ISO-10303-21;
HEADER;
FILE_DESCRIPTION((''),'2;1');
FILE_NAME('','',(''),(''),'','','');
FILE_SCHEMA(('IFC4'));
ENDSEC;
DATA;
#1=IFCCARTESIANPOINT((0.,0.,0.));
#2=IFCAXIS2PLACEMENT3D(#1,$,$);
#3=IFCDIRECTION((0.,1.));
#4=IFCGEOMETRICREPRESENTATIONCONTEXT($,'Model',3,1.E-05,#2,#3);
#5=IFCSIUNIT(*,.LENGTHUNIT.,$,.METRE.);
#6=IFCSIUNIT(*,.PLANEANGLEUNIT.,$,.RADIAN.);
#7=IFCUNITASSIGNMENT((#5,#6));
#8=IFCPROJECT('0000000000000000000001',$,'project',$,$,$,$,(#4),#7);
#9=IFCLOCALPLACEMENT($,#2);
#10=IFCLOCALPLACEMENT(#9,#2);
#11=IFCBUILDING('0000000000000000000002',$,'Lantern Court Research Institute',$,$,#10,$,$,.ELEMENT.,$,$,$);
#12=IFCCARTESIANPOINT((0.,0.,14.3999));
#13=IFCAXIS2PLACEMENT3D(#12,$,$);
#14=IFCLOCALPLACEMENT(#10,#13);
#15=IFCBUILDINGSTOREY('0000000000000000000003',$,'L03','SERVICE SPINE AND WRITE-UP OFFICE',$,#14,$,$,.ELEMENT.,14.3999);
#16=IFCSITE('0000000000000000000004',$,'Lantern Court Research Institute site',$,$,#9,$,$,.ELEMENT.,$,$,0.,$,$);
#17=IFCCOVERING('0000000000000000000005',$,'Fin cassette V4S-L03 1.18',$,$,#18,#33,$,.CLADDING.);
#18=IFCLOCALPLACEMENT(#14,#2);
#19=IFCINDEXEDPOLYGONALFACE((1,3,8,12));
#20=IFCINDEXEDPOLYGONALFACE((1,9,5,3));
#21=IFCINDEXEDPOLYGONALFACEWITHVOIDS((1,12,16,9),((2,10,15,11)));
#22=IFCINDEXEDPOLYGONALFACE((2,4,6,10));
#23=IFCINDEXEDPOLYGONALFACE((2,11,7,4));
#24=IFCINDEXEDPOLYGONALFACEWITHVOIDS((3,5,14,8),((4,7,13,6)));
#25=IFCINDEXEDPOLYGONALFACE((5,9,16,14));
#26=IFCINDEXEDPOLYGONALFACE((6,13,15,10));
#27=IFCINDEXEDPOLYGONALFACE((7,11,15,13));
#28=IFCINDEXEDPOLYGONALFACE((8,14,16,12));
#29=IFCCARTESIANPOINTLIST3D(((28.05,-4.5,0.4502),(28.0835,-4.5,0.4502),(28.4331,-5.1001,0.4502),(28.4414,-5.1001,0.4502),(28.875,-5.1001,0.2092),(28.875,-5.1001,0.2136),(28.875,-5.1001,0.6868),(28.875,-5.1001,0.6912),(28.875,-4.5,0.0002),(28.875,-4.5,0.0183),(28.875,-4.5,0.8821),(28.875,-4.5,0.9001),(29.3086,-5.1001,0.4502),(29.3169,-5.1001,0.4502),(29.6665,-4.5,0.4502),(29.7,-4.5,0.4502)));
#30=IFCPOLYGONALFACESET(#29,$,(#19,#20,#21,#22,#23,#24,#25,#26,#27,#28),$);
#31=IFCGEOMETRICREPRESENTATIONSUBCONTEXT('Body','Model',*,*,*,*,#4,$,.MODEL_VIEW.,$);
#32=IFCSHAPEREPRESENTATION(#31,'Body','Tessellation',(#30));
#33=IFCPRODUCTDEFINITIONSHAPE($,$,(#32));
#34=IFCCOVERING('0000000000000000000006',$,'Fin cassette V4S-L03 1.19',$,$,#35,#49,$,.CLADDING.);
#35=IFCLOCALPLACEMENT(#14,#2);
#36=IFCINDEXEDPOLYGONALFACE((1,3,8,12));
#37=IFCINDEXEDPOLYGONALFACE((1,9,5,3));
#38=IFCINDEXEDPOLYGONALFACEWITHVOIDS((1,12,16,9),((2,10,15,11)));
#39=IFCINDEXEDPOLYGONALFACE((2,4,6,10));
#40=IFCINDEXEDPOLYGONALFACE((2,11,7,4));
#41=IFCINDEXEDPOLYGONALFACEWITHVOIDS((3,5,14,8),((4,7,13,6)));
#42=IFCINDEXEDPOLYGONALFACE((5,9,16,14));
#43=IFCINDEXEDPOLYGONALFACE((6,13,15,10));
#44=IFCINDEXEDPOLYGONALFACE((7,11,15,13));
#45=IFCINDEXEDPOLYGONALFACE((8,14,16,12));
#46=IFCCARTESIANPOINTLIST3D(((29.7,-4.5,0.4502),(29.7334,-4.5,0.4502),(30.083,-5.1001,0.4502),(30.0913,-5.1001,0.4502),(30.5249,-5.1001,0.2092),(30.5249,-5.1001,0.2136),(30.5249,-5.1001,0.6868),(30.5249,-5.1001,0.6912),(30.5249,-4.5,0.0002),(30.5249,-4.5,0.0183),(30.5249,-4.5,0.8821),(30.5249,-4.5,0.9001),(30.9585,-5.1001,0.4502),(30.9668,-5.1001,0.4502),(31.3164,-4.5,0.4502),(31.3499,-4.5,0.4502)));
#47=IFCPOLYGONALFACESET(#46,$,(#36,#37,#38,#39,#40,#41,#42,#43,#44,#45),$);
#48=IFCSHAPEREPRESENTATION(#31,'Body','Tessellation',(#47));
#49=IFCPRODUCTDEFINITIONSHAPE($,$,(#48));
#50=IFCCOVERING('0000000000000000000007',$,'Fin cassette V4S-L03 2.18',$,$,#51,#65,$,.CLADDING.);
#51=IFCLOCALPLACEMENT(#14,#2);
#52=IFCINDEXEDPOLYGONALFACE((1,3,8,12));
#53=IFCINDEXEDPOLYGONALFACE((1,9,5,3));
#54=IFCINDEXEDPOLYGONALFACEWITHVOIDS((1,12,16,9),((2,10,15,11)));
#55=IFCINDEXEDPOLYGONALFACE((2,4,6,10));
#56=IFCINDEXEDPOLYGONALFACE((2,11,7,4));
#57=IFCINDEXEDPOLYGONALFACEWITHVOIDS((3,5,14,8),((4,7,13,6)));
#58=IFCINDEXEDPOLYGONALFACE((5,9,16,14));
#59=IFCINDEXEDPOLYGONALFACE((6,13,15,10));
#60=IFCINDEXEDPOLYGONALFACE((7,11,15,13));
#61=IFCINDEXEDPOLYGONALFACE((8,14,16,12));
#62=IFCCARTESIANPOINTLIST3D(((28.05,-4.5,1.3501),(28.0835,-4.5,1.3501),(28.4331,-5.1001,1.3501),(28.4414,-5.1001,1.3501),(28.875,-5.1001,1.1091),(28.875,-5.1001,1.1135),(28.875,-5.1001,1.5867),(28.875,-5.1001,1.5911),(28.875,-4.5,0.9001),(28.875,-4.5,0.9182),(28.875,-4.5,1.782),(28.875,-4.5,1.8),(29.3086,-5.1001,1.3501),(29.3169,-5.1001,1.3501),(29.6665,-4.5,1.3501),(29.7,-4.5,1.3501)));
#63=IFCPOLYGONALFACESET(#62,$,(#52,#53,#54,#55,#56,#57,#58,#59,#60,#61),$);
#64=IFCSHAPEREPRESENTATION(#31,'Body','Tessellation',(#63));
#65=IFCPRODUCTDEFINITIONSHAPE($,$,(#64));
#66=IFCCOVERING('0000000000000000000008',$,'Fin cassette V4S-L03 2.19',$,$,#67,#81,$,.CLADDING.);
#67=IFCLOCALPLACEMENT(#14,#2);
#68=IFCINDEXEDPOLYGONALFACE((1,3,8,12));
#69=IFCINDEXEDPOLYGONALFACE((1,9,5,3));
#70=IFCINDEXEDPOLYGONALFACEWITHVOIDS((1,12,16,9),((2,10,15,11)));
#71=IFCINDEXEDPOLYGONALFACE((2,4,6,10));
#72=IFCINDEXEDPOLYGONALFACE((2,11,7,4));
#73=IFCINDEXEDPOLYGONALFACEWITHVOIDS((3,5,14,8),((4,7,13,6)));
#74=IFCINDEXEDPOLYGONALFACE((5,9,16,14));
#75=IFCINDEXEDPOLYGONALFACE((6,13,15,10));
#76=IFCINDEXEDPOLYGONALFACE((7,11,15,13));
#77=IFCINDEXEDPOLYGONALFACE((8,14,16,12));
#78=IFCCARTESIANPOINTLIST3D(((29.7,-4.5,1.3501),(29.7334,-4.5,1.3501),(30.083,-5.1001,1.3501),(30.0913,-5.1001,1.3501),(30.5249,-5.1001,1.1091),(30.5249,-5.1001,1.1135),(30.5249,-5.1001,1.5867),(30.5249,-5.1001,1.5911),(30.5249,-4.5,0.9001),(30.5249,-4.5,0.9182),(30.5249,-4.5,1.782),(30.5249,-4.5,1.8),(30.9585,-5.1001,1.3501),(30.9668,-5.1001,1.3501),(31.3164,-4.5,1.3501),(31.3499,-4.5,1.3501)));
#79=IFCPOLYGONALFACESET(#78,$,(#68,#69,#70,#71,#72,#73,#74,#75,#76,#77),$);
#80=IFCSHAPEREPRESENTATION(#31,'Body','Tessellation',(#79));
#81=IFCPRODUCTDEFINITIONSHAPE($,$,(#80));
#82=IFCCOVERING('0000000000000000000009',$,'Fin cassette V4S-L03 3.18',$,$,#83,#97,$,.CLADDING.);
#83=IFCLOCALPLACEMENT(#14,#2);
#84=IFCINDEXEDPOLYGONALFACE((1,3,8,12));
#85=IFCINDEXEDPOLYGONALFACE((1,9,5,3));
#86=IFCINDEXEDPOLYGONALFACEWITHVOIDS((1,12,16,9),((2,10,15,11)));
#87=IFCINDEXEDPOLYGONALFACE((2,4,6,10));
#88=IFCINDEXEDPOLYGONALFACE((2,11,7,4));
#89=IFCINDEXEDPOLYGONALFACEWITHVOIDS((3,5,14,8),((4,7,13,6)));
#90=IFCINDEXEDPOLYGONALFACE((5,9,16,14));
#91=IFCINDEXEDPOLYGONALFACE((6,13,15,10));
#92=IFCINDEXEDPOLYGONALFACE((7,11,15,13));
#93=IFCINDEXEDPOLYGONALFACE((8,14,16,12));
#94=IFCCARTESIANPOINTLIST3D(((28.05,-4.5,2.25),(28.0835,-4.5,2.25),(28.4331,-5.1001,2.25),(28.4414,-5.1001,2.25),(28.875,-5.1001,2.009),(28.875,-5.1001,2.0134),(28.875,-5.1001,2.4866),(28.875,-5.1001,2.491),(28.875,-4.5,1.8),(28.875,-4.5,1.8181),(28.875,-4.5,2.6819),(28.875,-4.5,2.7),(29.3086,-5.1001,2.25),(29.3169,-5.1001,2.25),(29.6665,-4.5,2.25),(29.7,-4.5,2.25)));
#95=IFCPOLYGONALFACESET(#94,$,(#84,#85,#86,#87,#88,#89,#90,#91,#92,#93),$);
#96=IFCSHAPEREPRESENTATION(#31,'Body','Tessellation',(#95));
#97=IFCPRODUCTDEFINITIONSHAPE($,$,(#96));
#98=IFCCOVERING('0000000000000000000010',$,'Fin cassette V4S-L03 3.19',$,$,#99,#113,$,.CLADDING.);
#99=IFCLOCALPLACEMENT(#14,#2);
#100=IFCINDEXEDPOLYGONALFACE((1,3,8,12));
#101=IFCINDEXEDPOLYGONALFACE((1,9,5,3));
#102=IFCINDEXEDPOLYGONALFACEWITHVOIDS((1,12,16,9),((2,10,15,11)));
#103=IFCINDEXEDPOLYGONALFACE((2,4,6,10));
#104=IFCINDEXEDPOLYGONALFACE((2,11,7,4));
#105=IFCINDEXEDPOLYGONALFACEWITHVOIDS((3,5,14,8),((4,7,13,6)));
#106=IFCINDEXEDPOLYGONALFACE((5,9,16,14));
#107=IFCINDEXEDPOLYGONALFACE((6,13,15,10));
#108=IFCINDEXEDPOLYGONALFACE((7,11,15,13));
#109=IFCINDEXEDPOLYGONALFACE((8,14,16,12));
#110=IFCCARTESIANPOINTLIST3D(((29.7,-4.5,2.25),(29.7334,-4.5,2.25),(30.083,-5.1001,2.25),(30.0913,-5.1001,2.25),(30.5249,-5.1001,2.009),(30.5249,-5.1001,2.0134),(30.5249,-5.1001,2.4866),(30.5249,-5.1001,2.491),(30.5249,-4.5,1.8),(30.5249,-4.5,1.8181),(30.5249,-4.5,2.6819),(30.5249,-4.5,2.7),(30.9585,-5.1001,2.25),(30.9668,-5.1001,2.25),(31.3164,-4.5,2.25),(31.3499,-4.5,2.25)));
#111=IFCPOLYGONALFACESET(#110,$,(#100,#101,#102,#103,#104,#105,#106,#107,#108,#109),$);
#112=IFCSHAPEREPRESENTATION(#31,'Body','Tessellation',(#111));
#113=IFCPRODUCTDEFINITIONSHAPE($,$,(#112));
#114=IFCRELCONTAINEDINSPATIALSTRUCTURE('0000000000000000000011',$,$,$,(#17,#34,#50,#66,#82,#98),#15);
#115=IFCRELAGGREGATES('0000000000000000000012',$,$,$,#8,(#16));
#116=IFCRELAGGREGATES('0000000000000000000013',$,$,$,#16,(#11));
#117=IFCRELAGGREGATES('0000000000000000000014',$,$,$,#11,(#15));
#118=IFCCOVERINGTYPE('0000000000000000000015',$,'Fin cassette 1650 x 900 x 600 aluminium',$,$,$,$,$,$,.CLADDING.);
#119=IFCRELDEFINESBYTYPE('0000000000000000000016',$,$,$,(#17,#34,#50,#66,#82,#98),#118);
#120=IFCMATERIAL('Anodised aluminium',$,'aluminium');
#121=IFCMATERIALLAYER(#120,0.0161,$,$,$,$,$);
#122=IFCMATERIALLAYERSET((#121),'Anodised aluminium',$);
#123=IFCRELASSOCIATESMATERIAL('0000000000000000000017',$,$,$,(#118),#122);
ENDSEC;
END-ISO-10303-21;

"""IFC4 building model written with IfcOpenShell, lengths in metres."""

from ifc_helpers import new_model, entity, si_unit, direction, frame, origin, place, context, subcontext, project, spatial, material, layer, layer_set, type_object, element, save


model = new_model("IFC4")

# Units and contexts
model_context = context("Model", 3, precision=1e-05, world=origin(), true_north=direction((0.0, 1.0)))
body_context = subcontext(model_context, "Body", "Model", "MODEL_VIEW")
ifc_project = project(units=[si_unit("LENGTHUNIT", "METRE"), si_unit("PLANEANGLEUNIT", "RADIAN")], contexts=[model_context])

# Site, building, storey
site_placement = place(None, origin())
site = spatial("IfcSite", under=ifc_project, at=site_placement, Name="Lantern Court Research Institute site", CompositionType="ELEMENT", RefElevation=0.0)
building_placement = place(site_placement, origin())
building = spatial("IfcBuilding", under=site, at=building_placement, Name="Lantern Court Research Institute", CompositionType="ELEMENT")
storey_placement = place(building_placement, frame((0.0, 0.0, 14.3999)))
storey = spatial("IfcBuildingStorey", under=building, at=storey_placement, Name="L03", Description="SERVICE SPINE AND WRITE-UP OFFICE", CompositionType="ELEMENT", Elevation=14.3999)

# Coverings
ifc_material_1 = material(Name="Anodised aluminium", Category="aluminium")
ifc_layer_1 = layer(ifc_material_1, 0.0161)
ifc_layer_set_1 = layer_set([ifc_layer_1], Name="Anodised aluminium")
covering_type = type_object("IfcCoveringType", Name="Fin cassette 1650 x 900 x 600 aluminium", PredefinedType="CLADDING", material=ifc_layer_set_1)
covering_1_placement = place(storey_placement, frame((28.875, -4.5, 0.4502), z_axis=(0.0, -1.0, 0.0), x_axis=(1.0, 0.0, 0.0)))
cartesian_point_1 = entity("IfcCartesianPoint", [0.825, 0.0])
cartesian_point_2 = entity("IfcCartesianPoint", [0.7915, 0.0])
cartesian_point_3 = entity("IfcCartesianPoint", [0.4419, 0.0])
cartesian_point_4 = entity("IfcCartesianPoint", [0.4336, 0.0])
element("IfcCovering", 1, at=covering_1_placement, inside=storey, type_object=covering_type, Name="Fin cassette V4S-L03 1.18", PredefinedType="CLADDING", context=body_context, shape_type="SweptSolid", body=[
    entity("IfcExtrudedAreaSolidTapered", entity("IfcArbitraryProfileDefWithVoids", "AREA", None, entity("IfcPolyline", [cartesian_point_1, entity("IfcCartesianPoint", [0.0, 0.45]), entity("IfcCartesianPoint", [-0.825, 0.0]), entity("IfcCartesianPoint", [0.0, -0.45]), cartesian_point_1]), [entity("IfcPolyline", [cartesian_point_2, entity("IfcCartesianPoint", [0.0, 0.4319]), entity("IfcCartesianPoint", [-0.7915, 0.0]), entity("IfcCartesianPoint", [0.0, -0.4319]), cartesian_point_2])]), entity("IfcAxis2Placement3D", entity("IfcCartesianPoint", [0.0, 0.0, 0.0])), entity("IfcDirection", [0.0, 0.0, 1.0]), 0.6001, entity("IfcArbitraryProfileDefWithVoids", "AREA", None, entity("IfcPolyline", [cartesian_point_3, entity("IfcCartesianPoint", [0.0, 0.241]), entity("IfcCartesianPoint", [-0.4419, 0.0]), entity("IfcCartesianPoint", [0.0, -0.241]), cartesian_point_3]), [entity("IfcPolyline", [cartesian_point_4, entity("IfcCartesianPoint", [0.0, 0.2366]), entity("IfcCartesianPoint", [-0.4336, 0.0]), entity("IfcCartesianPoint", [0.0, -0.2366]), cartesian_point_4])])),
])
covering_2_placement = place(storey_placement, frame((30.5249, -4.5, 0.4502), z_axis=(0.0, -1.0, 0.0), x_axis=(1.0, 0.0, 0.0)))
cartesian_point_5 = entity("IfcCartesianPoint", [0.825, 0.0])
cartesian_point_6 = entity("IfcCartesianPoint", [0.7915, 0.0])
cartesian_point_7 = entity("IfcCartesianPoint", [0.4419, 0.0])
cartesian_point_8 = entity("IfcCartesianPoint", [0.4336, 0.0])
element("IfcCovering", 2, at=covering_2_placement, inside=storey, type_object=covering_type, Name="Fin cassette V4S-L03 1.19", PredefinedType="CLADDING", context=body_context, shape_type="SweptSolid", body=[
    entity("IfcExtrudedAreaSolidTapered", entity("IfcArbitraryProfileDefWithVoids", "AREA", None, entity("IfcPolyline", [cartesian_point_5, entity("IfcCartesianPoint", [0.0, 0.45]), entity("IfcCartesianPoint", [-0.825, 0.0]), entity("IfcCartesianPoint", [0.0, -0.45]), cartesian_point_5]), [entity("IfcPolyline", [cartesian_point_6, entity("IfcCartesianPoint", [0.0, 0.4319]), entity("IfcCartesianPoint", [-0.7915, 0.0]), entity("IfcCartesianPoint", [0.0, -0.4319]), cartesian_point_6])]), entity("IfcAxis2Placement3D", entity("IfcCartesianPoint", [0.0, 0.0, 0.0])), entity("IfcDirection", [0.0, 0.0, 1.0]), 0.6001, entity("IfcArbitraryProfileDefWithVoids", "AREA", None, entity("IfcPolyline", [cartesian_point_7, entity("IfcCartesianPoint", [0.0, 0.241]), entity("IfcCartesianPoint", [-0.4419, 0.0]), entity("IfcCartesianPoint", [0.0, -0.241]), cartesian_point_7]), [entity("IfcPolyline", [cartesian_point_8, entity("IfcCartesianPoint", [0.0, 0.2366]), entity("IfcCartesianPoint", [-0.4336, 0.0]), entity("IfcCartesianPoint", [0.0, -0.2366]), cartesian_point_8])])),
])
covering_3_placement = place(storey_placement, frame((28.875, -4.5, 1.3501), z_axis=(0.0, -1.0, 0.0), x_axis=(1.0, 0.0, 0.0)))
cartesian_point_9 = entity("IfcCartesianPoint", [0.825, 0.0])
cartesian_point_10 = entity("IfcCartesianPoint", [0.7915, 0.0])
cartesian_point_11 = entity("IfcCartesianPoint", [0.4419, 0.0])
cartesian_point_12 = entity("IfcCartesianPoint", [0.4336, 0.0])
element("IfcCovering", 3, at=covering_3_placement, inside=storey, type_object=covering_type, Name="Fin cassette V4S-L03 2.18", PredefinedType="CLADDING", context=body_context, shape_type="SweptSolid", body=[
    entity("IfcExtrudedAreaSolidTapered", entity("IfcArbitraryProfileDefWithVoids", "AREA", None, entity("IfcPolyline", [cartesian_point_9, entity("IfcCartesianPoint", [0.0, 0.45]), entity("IfcCartesianPoint", [-0.825, 0.0]), entity("IfcCartesianPoint", [0.0, -0.45]), cartesian_point_9]), [entity("IfcPolyline", [cartesian_point_10, entity("IfcCartesianPoint", [0.0, 0.4319]), entity("IfcCartesianPoint", [-0.7915, 0.0]), entity("IfcCartesianPoint", [0.0, -0.4319]), cartesian_point_10])]), entity("IfcAxis2Placement3D", entity("IfcCartesianPoint", [0.0, 0.0, 0.0])), entity("IfcDirection", [0.0, 0.0, 1.0]), 0.6001, entity("IfcArbitraryProfileDefWithVoids", "AREA", None, entity("IfcPolyline", [cartesian_point_11, entity("IfcCartesianPoint", [0.0, 0.241]), entity("IfcCartesianPoint", [-0.4419, 0.0]), entity("IfcCartesianPoint", [0.0, -0.241]), cartesian_point_11]), [entity("IfcPolyline", [cartesian_point_12, entity("IfcCartesianPoint", [0.0, 0.2366]), entity("IfcCartesianPoint", [-0.4336, 0.0]), entity("IfcCartesianPoint", [0.0, -0.2366]), cartesian_point_12])])),
])
covering_4_placement = place(storey_placement, frame((30.5249, -4.5, 1.3501), z_axis=(0.0, -1.0, 0.0), x_axis=(1.0, 0.0, 0.0)))
cartesian_point_13 = entity("IfcCartesianPoint", [0.825, 0.0])
cartesian_point_14 = entity("IfcCartesianPoint", [0.7915, 0.0])
cartesian_point_15 = entity("IfcCartesianPoint", [0.4419, 0.0])
cartesian_point_16 = entity("IfcCartesianPoint", [0.4336, 0.0])
element("IfcCovering", 4, at=covering_4_placement, inside=storey, type_object=covering_type, Name="Fin cassette V4S-L03 2.19", PredefinedType="CLADDING", context=body_context, shape_type="SweptSolid", body=[
    entity("IfcExtrudedAreaSolidTapered", entity("IfcArbitraryProfileDefWithVoids", "AREA", None, entity("IfcPolyline", [cartesian_point_13, entity("IfcCartesianPoint", [0.0, 0.45]), entity("IfcCartesianPoint", [-0.825, 0.0]), entity("IfcCartesianPoint", [0.0, -0.45]), cartesian_point_13]), [entity("IfcPolyline", [cartesian_point_14, entity("IfcCartesianPoint", [0.0, 0.4319]), entity("IfcCartesianPoint", [-0.7915, 0.0]), entity("IfcCartesianPoint", [0.0, -0.4319]), cartesian_point_14])]), entity("IfcAxis2Placement3D", entity("IfcCartesianPoint", [0.0, 0.0, 0.0])), entity("IfcDirection", [0.0, 0.0, 1.0]), 0.6001, entity("IfcArbitraryProfileDefWithVoids", "AREA", None, entity("IfcPolyline", [cartesian_point_15, entity("IfcCartesianPoint", [0.0, 0.241]), entity("IfcCartesianPoint", [-0.4419, 0.0]), entity("IfcCartesianPoint", [0.0, -0.241]), cartesian_point_15]), [entity("IfcPolyline", [cartesian_point_16, entity("IfcCartesianPoint", [0.0, 0.2366]), entity("IfcCartesianPoint", [-0.4336, 0.0]), entity("IfcCartesianPoint", [0.0, -0.2366]), cartesian_point_16])])),
])
covering_5_placement = place(storey_placement, frame((28.875, -4.5, 2.25), z_axis=(0.0, -1.0, 0.0), x_axis=(1.0, 0.0, 0.0)))
cartesian_point_17 = entity("IfcCartesianPoint", [0.825, 0.0])
cartesian_point_18 = entity("IfcCartesianPoint", [0.7915, 0.0])
cartesian_point_19 = entity("IfcCartesianPoint", [0.4419, 0.0])
cartesian_point_20 = entity("IfcCartesianPoint", [0.4336, 0.0])
element("IfcCovering", 5, at=covering_5_placement, inside=storey, type_object=covering_type, Name="Fin cassette V4S-L03 3.18", PredefinedType="CLADDING", context=body_context, shape_type="SweptSolid", body=[
    entity("IfcExtrudedAreaSolidTapered", entity("IfcArbitraryProfileDefWithVoids", "AREA", None, entity("IfcPolyline", [cartesian_point_17, entity("IfcCartesianPoint", [0.0, 0.45]), entity("IfcCartesianPoint", [-0.825, 0.0]), entity("IfcCartesianPoint", [0.0, -0.45]), cartesian_point_17]), [entity("IfcPolyline", [cartesian_point_18, entity("IfcCartesianPoint", [0.0, 0.4319]), entity("IfcCartesianPoint", [-0.7915, 0.0]), entity("IfcCartesianPoint", [0.0, -0.4319]), cartesian_point_18])]), entity("IfcAxis2Placement3D", entity("IfcCartesianPoint", [0.0, 0.0, 0.0])), entity("IfcDirection", [0.0, 0.0, 1.0]), 0.6001, entity("IfcArbitraryProfileDefWithVoids", "AREA", None, entity("IfcPolyline", [cartesian_point_19, entity("IfcCartesianPoint", [0.0, 0.241]), entity("IfcCartesianPoint", [-0.4419, 0.0]), entity("IfcCartesianPoint", [0.0, -0.241]), cartesian_point_19]), [entity("IfcPolyline", [cartesian_point_20, entity("IfcCartesianPoint", [0.0, 0.2366]), entity("IfcCartesianPoint", [-0.4336, 0.0]), entity("IfcCartesianPoint", [0.0, -0.2366]), cartesian_point_20])])),
])
covering_6_placement = place(storey_placement, frame((30.5249, -4.5, 2.25), z_axis=(0.0, -1.0, 0.0), x_axis=(1.0, 0.0, 0.0)))
cartesian_point_21 = entity("IfcCartesianPoint", [0.825, 0.0])
cartesian_point_22 = entity("IfcCartesianPoint", [0.7915, 0.0])
cartesian_point_23 = entity("IfcCartesianPoint", [0.4419, 0.0])
cartesian_point_24 = entity("IfcCartesianPoint", [0.4336, 0.0])
element("IfcCovering", 6, at=covering_6_placement, inside=storey, type_object=covering_type, Name="Fin cassette V4S-L03 3.19", PredefinedType="CLADDING", context=body_context, shape_type="SweptSolid", body=[
    entity("IfcExtrudedAreaSolidTapered", entity("IfcArbitraryProfileDefWithVoids", "AREA", None, entity("IfcPolyline", [cartesian_point_21, entity("IfcCartesianPoint", [0.0, 0.45]), entity("IfcCartesianPoint", [-0.825, 0.0]), entity("IfcCartesianPoint", [0.0, -0.45]), cartesian_point_21]), [entity("IfcPolyline", [cartesian_point_22, entity("IfcCartesianPoint", [0.0, 0.4319]), entity("IfcCartesianPoint", [-0.7915, 0.0]), entity("IfcCartesianPoint", [0.0, -0.4319]), cartesian_point_22])]), entity("IfcAxis2Placement3D", entity("IfcCartesianPoint", [0.0, 0.0, 0.0])), entity("IfcDirection", [0.0, 0.0, 1.0]), 0.6001, entity("IfcArbitraryProfileDefWithVoids", "AREA", None, entity("IfcPolyline", [cartesian_point_23, entity("IfcCartesianPoint", [0.0, 0.241]), entity("IfcCartesianPoint", [-0.4419, 0.0]), entity("IfcCartesianPoint", [0.0, -0.241]), cartesian_point_23]), [entity("IfcPolyline", [cartesian_point_24, entity("IfcCartesianPoint", [0.0, 0.2366]), entity("IfcCartesianPoint", [-0.4336, 0.0]), entity("IfcCartesianPoint", [0.0, -0.2366]), cartesian_point_24])])),
])

save(model, "model.ifc")
